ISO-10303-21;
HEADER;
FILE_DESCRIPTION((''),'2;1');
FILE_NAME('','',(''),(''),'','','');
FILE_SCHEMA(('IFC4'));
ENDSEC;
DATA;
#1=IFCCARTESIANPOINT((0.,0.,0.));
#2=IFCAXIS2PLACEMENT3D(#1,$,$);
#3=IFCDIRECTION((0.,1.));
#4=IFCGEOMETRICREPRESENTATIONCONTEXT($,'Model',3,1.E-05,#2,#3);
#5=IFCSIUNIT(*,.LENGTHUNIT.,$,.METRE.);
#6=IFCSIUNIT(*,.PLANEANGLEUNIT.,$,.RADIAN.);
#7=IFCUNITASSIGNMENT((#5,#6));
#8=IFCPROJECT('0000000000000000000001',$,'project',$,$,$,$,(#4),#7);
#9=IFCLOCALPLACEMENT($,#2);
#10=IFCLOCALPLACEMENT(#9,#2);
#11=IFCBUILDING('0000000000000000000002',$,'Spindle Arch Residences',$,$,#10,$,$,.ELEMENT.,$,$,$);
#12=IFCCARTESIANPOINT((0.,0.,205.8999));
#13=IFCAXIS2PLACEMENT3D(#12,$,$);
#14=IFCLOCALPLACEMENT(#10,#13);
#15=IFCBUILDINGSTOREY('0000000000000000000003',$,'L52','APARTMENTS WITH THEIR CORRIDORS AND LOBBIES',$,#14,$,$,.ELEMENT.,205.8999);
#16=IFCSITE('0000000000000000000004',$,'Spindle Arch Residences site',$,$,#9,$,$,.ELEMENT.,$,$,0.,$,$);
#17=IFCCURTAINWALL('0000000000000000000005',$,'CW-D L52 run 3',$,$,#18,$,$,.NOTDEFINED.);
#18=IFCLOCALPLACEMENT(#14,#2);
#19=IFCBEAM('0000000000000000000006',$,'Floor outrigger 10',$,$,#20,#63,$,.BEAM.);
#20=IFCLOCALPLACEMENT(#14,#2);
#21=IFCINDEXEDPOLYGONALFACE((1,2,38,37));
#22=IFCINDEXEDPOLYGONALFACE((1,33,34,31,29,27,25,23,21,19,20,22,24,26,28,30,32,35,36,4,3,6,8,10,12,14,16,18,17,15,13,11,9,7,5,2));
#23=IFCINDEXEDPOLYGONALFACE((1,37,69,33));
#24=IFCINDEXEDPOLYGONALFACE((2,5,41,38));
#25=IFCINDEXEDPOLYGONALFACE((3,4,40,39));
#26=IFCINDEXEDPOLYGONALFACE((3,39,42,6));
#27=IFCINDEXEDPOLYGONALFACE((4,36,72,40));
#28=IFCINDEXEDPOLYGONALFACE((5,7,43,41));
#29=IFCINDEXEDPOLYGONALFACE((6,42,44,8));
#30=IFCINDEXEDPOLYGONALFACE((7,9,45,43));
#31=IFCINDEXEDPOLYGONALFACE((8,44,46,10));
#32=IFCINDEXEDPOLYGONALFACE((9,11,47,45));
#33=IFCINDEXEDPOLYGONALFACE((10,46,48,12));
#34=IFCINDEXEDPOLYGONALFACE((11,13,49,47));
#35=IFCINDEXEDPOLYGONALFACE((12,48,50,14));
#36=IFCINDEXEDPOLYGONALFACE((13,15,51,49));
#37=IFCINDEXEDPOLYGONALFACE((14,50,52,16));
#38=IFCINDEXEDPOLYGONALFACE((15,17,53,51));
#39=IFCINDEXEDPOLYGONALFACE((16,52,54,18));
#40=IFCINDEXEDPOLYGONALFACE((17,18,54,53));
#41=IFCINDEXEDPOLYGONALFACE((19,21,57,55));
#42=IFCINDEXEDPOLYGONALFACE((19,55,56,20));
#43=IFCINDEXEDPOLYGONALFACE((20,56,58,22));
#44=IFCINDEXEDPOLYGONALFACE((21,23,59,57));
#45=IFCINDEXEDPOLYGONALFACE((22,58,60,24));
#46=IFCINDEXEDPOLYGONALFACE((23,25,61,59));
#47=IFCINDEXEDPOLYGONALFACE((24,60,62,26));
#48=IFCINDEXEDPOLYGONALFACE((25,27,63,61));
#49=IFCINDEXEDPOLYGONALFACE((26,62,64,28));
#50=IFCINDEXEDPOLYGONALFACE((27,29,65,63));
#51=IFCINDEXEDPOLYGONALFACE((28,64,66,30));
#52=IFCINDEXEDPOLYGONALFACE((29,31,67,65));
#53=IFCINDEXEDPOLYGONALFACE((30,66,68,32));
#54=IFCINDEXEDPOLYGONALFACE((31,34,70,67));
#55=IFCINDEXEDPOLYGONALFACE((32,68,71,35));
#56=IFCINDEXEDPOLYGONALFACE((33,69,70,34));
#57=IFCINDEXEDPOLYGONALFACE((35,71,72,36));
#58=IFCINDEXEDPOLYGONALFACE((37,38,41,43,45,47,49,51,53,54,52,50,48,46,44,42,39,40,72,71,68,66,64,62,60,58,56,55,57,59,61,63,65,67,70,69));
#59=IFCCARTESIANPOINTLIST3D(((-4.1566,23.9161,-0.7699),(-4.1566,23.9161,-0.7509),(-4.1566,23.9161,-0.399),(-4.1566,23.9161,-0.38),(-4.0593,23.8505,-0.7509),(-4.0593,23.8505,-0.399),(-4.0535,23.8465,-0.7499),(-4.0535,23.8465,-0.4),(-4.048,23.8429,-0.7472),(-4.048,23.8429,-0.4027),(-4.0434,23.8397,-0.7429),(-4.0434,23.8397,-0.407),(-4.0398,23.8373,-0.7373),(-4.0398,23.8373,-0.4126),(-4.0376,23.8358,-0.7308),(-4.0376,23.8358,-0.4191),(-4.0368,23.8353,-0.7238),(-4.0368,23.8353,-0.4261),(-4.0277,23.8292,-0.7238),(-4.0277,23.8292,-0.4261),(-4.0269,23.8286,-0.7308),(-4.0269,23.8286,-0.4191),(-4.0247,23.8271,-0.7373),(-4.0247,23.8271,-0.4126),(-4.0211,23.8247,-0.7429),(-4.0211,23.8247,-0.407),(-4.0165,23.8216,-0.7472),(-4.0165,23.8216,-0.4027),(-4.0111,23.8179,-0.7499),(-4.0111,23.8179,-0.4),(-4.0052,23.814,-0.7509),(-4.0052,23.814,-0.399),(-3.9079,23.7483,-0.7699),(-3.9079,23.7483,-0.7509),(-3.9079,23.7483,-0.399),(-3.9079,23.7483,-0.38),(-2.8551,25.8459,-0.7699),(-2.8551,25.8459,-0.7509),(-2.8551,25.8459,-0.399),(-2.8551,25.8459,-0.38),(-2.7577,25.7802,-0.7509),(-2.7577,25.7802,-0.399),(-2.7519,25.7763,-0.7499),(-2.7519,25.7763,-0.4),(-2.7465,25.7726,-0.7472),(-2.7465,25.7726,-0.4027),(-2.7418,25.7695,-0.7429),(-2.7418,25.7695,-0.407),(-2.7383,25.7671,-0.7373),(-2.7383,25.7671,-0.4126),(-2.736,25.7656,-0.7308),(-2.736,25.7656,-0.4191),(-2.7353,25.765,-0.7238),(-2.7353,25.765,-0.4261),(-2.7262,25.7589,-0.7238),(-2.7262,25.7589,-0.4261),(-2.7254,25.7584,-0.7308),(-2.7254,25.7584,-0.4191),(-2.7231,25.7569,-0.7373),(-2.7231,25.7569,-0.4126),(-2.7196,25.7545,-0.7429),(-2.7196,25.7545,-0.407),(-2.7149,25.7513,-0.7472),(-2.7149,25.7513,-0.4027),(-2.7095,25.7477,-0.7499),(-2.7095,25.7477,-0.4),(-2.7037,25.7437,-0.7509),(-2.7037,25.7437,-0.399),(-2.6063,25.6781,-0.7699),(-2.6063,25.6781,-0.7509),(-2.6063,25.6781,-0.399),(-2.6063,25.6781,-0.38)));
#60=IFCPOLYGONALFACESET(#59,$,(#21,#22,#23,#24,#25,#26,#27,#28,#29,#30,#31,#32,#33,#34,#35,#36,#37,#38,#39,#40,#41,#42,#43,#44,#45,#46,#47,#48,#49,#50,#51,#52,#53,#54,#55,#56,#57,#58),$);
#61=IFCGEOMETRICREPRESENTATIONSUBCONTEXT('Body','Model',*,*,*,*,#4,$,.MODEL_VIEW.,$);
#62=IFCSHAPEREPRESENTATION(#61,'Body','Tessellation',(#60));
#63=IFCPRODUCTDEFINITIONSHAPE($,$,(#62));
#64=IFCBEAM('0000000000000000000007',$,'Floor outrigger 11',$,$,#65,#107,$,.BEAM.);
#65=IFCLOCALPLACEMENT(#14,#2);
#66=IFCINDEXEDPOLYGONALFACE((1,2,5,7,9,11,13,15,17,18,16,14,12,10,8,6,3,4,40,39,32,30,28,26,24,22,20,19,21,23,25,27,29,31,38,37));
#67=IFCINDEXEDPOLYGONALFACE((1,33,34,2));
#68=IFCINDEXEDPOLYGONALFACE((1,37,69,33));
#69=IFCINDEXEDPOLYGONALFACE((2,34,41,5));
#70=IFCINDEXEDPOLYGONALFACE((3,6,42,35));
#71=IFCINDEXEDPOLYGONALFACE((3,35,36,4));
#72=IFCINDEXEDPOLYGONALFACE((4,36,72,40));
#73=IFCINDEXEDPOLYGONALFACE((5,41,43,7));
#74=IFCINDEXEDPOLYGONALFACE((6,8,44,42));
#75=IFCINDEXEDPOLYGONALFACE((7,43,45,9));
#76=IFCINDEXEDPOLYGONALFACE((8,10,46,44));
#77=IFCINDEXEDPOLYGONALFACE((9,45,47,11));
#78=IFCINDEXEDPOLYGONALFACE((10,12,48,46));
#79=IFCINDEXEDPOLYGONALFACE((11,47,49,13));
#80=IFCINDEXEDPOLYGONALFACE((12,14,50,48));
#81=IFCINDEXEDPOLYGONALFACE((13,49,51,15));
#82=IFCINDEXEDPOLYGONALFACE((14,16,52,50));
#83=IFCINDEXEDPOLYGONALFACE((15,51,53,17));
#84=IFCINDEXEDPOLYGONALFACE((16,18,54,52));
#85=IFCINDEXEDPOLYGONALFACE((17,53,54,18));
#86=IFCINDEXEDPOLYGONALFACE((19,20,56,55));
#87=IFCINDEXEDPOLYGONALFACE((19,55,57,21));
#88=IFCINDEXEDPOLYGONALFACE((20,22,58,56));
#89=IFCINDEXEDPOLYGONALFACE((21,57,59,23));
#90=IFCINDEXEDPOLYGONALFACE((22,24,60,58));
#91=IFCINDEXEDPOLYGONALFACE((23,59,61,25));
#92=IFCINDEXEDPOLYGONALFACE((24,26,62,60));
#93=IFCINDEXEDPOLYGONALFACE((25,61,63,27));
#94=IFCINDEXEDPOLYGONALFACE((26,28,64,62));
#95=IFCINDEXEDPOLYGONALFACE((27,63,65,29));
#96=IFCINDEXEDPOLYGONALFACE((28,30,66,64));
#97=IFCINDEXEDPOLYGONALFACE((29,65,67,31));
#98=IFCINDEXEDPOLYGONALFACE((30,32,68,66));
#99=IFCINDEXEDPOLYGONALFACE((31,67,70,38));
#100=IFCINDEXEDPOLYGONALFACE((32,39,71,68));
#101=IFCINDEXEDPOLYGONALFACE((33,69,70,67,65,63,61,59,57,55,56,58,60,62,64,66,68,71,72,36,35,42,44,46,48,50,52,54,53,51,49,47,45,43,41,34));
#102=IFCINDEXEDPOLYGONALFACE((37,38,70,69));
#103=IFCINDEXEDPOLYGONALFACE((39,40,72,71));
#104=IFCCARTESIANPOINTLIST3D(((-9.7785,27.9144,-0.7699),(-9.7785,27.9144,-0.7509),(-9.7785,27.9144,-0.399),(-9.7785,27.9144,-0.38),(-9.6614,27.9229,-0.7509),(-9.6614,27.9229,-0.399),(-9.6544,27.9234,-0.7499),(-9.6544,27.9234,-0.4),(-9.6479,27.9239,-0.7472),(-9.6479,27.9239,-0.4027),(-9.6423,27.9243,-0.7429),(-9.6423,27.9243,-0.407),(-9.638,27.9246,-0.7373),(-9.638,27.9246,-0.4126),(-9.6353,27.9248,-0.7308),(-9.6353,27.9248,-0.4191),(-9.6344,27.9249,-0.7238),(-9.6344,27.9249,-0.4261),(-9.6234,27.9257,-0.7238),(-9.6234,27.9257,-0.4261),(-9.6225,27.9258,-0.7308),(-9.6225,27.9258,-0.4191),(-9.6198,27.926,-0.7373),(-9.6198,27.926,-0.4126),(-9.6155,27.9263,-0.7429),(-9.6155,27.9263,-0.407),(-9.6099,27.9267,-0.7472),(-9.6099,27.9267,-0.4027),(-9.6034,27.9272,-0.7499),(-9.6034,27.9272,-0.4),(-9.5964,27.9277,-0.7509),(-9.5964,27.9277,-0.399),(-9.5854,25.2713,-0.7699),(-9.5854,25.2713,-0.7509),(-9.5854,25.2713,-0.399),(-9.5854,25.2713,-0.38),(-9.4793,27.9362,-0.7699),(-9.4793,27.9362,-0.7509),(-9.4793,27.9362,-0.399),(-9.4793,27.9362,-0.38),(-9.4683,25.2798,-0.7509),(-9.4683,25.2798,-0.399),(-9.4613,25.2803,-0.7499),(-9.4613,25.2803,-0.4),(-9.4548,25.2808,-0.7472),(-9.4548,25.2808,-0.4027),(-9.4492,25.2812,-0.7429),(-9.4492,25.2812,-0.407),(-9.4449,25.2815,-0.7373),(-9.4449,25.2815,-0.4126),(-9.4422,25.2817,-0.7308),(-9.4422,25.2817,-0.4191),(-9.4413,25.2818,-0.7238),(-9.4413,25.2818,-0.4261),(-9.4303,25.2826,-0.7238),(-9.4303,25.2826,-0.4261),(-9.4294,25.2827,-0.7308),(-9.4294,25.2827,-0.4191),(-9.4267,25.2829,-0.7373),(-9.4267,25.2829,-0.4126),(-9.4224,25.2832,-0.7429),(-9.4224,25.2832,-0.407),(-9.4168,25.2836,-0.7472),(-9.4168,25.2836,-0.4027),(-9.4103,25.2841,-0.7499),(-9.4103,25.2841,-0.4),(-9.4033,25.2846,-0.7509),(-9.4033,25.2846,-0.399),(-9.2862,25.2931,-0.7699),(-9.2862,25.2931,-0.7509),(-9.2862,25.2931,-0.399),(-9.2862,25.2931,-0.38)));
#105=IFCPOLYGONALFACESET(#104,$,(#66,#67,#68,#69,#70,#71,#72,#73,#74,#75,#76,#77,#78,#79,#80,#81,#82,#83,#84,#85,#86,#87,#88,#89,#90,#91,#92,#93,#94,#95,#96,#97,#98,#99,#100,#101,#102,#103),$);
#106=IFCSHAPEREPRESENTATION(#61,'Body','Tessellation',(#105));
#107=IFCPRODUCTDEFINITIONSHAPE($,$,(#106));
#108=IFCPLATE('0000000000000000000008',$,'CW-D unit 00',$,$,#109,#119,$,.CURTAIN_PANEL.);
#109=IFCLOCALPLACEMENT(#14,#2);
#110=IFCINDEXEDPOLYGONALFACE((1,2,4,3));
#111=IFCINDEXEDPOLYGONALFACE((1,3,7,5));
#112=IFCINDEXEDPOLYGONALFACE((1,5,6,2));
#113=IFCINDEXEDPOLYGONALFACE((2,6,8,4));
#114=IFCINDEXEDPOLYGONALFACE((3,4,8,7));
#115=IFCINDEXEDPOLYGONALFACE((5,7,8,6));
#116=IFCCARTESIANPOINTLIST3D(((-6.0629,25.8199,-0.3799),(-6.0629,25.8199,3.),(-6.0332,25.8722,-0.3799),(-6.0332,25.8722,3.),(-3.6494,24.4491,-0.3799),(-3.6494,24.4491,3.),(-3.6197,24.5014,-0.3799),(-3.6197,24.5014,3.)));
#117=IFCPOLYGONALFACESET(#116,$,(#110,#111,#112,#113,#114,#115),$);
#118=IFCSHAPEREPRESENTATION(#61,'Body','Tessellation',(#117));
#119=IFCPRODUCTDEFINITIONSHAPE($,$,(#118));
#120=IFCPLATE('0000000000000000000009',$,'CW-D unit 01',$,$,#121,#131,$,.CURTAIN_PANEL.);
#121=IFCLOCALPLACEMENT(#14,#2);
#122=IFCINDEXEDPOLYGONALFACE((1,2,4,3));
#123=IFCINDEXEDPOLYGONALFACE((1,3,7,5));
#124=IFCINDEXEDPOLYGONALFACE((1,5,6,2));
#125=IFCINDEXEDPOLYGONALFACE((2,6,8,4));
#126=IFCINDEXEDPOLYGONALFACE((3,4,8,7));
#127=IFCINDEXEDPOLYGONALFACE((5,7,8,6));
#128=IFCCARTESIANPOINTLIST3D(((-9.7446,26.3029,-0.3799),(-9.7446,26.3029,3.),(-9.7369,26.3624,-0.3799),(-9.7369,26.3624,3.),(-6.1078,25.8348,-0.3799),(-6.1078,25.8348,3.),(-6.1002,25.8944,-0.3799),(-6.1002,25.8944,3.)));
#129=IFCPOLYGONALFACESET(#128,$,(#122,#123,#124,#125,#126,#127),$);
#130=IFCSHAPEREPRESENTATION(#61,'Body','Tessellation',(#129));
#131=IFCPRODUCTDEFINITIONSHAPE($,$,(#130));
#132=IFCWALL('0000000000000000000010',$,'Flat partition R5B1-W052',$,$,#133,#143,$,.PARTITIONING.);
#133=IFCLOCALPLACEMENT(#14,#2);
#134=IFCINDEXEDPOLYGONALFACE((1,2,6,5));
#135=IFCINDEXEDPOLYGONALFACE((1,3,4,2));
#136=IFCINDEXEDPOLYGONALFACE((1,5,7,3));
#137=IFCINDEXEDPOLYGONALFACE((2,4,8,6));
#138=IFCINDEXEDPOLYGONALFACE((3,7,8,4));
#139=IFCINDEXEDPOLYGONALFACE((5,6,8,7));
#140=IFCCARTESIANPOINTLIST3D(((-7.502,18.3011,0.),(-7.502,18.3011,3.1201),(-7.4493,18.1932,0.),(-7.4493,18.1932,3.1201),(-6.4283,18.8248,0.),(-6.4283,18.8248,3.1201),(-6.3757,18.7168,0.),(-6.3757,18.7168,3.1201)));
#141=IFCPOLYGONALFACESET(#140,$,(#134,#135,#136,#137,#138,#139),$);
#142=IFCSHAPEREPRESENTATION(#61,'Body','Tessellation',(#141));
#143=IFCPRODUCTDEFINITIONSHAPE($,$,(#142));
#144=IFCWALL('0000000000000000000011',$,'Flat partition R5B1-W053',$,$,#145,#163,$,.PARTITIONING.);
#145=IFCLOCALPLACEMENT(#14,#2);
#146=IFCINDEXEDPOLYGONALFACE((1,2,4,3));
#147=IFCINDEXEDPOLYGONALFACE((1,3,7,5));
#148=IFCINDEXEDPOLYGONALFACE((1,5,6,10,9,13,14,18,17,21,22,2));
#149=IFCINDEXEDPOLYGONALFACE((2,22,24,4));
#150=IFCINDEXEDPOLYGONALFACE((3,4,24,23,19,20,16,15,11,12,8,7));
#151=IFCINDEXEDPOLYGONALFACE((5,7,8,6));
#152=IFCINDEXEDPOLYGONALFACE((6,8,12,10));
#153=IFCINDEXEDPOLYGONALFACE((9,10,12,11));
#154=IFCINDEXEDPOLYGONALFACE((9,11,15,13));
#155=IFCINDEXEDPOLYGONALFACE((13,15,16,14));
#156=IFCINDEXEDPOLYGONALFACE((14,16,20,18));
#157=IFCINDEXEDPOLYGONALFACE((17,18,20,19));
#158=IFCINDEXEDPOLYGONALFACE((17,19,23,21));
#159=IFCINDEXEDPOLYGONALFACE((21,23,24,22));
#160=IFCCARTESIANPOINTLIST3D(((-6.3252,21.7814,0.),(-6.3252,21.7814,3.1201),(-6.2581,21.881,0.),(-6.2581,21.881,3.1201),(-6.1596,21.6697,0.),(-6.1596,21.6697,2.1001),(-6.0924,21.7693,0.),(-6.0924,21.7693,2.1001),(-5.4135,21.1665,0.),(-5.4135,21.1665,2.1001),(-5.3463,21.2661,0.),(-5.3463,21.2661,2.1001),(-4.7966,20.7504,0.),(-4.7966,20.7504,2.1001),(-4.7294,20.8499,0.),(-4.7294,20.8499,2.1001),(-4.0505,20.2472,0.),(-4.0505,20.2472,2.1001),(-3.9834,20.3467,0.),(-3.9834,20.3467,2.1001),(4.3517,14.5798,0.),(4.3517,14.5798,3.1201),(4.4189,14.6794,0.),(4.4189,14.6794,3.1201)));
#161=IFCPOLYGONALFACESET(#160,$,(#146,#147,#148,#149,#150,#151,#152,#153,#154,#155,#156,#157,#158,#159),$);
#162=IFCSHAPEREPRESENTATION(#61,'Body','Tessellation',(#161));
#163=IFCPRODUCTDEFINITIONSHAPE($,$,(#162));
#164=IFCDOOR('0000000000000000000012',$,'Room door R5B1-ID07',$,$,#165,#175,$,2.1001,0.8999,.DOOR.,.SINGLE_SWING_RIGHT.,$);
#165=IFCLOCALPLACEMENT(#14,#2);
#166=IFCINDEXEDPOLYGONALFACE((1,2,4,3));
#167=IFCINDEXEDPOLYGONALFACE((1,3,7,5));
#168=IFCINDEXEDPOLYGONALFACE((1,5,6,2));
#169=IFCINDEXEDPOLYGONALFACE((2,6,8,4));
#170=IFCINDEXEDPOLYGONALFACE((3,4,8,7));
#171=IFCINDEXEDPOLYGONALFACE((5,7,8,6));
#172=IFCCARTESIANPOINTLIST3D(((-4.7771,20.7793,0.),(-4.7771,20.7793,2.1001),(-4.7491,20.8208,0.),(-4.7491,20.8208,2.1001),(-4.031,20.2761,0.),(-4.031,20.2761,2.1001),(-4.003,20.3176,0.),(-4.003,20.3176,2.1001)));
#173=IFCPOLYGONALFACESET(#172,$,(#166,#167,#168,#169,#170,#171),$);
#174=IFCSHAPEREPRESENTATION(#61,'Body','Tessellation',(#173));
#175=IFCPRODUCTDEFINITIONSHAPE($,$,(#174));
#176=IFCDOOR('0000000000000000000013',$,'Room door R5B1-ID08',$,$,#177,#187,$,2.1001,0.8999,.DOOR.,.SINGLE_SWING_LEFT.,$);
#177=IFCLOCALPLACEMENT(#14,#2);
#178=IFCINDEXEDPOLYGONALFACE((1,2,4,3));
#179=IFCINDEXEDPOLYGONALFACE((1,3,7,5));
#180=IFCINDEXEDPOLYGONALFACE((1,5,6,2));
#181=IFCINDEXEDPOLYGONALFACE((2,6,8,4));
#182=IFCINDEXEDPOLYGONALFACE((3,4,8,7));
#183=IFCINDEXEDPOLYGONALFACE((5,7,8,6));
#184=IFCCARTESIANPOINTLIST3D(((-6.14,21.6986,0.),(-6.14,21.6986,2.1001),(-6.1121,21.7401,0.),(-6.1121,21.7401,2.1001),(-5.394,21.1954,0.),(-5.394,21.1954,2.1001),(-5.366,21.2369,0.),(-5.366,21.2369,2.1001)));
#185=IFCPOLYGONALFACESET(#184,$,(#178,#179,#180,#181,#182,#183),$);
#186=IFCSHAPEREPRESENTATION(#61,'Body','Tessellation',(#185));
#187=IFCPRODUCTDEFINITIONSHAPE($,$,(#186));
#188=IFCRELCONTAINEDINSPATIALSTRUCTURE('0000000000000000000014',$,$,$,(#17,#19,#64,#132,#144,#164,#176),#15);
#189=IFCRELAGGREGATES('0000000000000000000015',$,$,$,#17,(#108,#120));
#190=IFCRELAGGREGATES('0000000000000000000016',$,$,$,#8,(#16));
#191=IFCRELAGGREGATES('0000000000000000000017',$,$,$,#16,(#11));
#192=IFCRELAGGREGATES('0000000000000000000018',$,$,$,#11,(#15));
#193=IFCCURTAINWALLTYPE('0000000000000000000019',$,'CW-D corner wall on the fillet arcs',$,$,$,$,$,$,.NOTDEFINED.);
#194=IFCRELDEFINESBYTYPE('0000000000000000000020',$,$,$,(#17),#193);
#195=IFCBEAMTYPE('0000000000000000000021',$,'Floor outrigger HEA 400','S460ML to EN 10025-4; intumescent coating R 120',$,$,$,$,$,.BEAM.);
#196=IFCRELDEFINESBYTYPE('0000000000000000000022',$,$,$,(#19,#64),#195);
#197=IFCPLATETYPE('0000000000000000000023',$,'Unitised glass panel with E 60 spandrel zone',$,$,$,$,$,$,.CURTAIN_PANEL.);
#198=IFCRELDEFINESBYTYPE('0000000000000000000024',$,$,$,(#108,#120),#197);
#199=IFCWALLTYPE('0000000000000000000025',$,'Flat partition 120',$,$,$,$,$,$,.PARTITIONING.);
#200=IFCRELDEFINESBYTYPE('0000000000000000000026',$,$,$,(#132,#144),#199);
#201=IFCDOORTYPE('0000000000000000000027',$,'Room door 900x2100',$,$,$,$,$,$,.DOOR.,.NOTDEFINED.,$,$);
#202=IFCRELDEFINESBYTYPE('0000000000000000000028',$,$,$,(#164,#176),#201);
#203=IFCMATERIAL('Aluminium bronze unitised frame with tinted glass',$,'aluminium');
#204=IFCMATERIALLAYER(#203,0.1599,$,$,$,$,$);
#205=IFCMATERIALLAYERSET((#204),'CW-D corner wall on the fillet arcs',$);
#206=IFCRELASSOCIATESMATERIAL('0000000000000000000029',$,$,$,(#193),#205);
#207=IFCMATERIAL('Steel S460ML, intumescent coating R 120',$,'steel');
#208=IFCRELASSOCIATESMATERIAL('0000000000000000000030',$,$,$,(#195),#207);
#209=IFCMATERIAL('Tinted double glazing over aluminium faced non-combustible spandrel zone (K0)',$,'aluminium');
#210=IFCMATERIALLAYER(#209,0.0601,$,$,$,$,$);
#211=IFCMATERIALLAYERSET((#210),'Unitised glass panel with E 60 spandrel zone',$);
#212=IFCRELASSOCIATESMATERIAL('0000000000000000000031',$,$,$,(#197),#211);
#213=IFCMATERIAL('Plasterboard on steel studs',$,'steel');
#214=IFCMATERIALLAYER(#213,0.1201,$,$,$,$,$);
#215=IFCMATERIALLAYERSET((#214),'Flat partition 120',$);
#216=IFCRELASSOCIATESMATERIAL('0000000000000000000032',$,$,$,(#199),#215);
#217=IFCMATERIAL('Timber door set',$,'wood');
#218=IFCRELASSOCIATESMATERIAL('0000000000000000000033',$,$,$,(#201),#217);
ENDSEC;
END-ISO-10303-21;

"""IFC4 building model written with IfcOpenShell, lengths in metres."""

from ifc_helpers import new_model, si_unit, direction, frame, frame_2d, origin, origin_2d, place, context, subcontext, project, spatial, rectangle, i_section, extrude, material, layer, layer_set, material_profile, profile_set, type_object, element, fill, aggregate, save


model = new_model("IFC4")

# Units and contexts
model_context = context("Model", 3, precision=1e-05, world=origin(), true_north=direction((0.0, 1.0)))
body_context = subcontext(model_context, "Body", "Model", "MODEL_VIEW")
ifc_project = project(units=[si_unit("LENGTHUNIT", "METRE"), si_unit("PLANEANGLEUNIT", "RADIAN")], contexts=[model_context])

# Site, building, storey
site_placement = place(None, origin())
site = spatial("IfcSite", under=ifc_project, at=site_placement, Name="Spindle Arch Residences site", CompositionType="ELEMENT", RefElevation=0.0)
building_placement = place(site_placement, origin())
building = spatial("IfcBuilding", under=site, at=building_placement, Name="Spindle Arch Residences", CompositionType="ELEMENT")
storey_placement = place(building_placement, frame((0.0, 0.0, 205.8999)))
storey = spatial("IfcBuildingStorey", under=building, at=storey_placement, Name="L52", Description="APARTMENTS WITH THEIR CORRIDORS AND LOBBIES", CompositionType="ELEMENT", Elevation=205.8999)

# Curtain wall
ifc_material_1 = material(Name="Aluminium bronze unitised frame with tinted glass", Category="aluminium")
ifc_layer_1 = layer(ifc_material_1, 0.1599)
ifc_layer_set_1 = layer_set([ifc_layer_1], Name="CW-D corner wall on the fillet arcs")
curtain_wall_type = type_object("IfcCurtainWallType", Name="CW-D corner wall on the fillet arcs", PredefinedType="NOTDEFINED", material=ifc_layer_set_1)
curtain_wall_placement = place(storey_placement, origin())
curtain_wall = element("IfcCurtainWall", 1, at=curtain_wall_placement, inside=storey, type_object=curtain_wall_type, Name="CW-D L52 run 3", PredefinedType="NOTDEFINED")

# Beams
ifc_material_2 = material(Name="Steel S460ML, intumescent coating R 120", Category="steel")
ifc_material_profile_1 = material_profile(ifc_material_2, i_section(OverallWidth=0.3, OverallDepth=0.3899, WebThickness=0.011, FlangeThickness=0.019, FilletRadius=0.0271, at=origin_2d()), Name="HEA 400")
ifc_profile_set_1 = profile_set([ifc_material_profile_1], Name="Steel S460ML, intumescent coating R 120")
beam_type_1 = type_object("IfcBeamType", Name="Floor outrigger HEA 400", Description="S460ML to EN 10025-4; intumescent coating R 120", PredefinedType="BEAM", material=ifc_profile_set_1)
beam_1_placement = place(storey_placement, frame((-2.7307, 25.762, -0.575), z_axis=(-0.55917, -0.829053, 0.0), x_axis=(0.829053, -0.55917, 0.0)))
element("IfcBeam", 2, at=beam_1_placement, inside=storey, type_object=beam_type_1, Name="Floor outrigger 10", PredefinedType="BEAM", context=body_context, shape_type="SweptSolid", body=[
    extrude(i_section(OverallWidth=0.3, OverallDepth=0.3899, WebThickness=0.011, FlangeThickness=0.019, FilletRadius=0.0271, at=origin_2d()), origin(), (0.0, 0.0, 1.0), 2.3276),
])
beam_2_placement = place(storey_placement, frame((-9.6289, 27.9253, -0.575), z_axis=(0.072871, -0.997341, 0.0), x_axis=(0.997341, 0.072871, 0.0)))
element("IfcBeam", 3, at=beam_2_placement, inside=storey, type_object=beam_type_1, Name="Floor outrigger 11", PredefinedType="BEAM", context=body_context, shape_type="SweptSolid", body=[
    extrude(i_section(OverallWidth=0.3, OverallDepth=0.3899, WebThickness=0.011, FlangeThickness=0.019, FilletRadius=0.0271, at=origin_2d()), origin(), (0.0, 0.0, 1.0), 2.6501),
])

# Plates
ifc_material_3 = material(Name="Tinted double glazing over aluminium faced non-combustible spandrel zone (K0)", Category="aluminium")
ifc_layer_2 = layer(ifc_material_3, 0.0601)
ifc_layer_set_2 = layer_set([ifc_layer_2], Name="Unitised glass panel with E 60 spandrel zone")
plate_type = type_object("IfcPlateType", Name="Unitised glass panel with E 60 spandrel zone", PredefinedType="CURTAIN_PANEL", material=ifc_layer_set_2)
plate_1_placement = place(storey_placement, frame((-4.8413, 25.1606, -0.3799), z_axis=(0.0, 0.0, 1.0), x_axis=(-0.869539, 0.493865, 0.0)))
plate_1 = element("IfcPlate", 4, at=plate_1_placement, type_object=plate_type, Name="CW-D unit 00", PredefinedType="CURTAIN_PANEL", context=body_context, shape_type="SweptSolid", body=[
    extrude(rectangle(XDim=2.7756, YDim=0.0601, at=origin_2d()), origin(), (0.0, 0.0, 1.0), 3.3799),
])
plate_2_placement = place(storey_placement, frame((-7.9224, 26.0986, -0.3799), z_axis=(0.0, 0.0, 1.0), x_axis=(-0.99182, 0.127642, 0.0)))
plate_2 = element("IfcPlate", 5, at=plate_2_placement, type_object=plate_type, Name="CW-D unit 01", PredefinedType="CURTAIN_PANEL", context=body_context, shape_type="SweptSolid", body=[
    extrude(rectangle(XDim=3.6667, YDim=0.0601, at=origin_2d()), origin(), (0.0, 0.0, 1.0), 3.3799),
])
aggregate(curtain_wall, [plate_1, plate_2])

# Wall
ifc_material_4 = material(Name="Plasterboard on steel studs", Category="steel")
ifc_layer_3 = layer(ifc_material_4, 0.1201)
ifc_layer_set_3 = layer_set([ifc_layer_3], Name="Flat partition 120")
wall_type = type_object("IfcWallType", Name="Flat partition 120", PredefinedType="PARTITIONING", material=ifc_layer_set_3)
wall_1_placement = place(storey_placement, frame((-6.4021, 18.7708, 0.0), z_axis=(0.0, 0.0, 1.0), x_axis=(-0.898798, -0.438363, 0.0)))
element("IfcWall", 6, at=wall_1_placement, inside=storey, type_object=wall_type, Name="Flat partition R5B1-W052", PredefinedType="PARTITIONING", context=body_context, shape_type="SweptSolid", body=[
    extrude(rectangle(XDim=1.1946, YDim=0.1201, at=frame_2d((0.5972, 0.0))), origin(), (0.0, 0.0, 1.0), 3.1201),
])

# Wall, openings, doors
wall_2_placement = place(storey_placement, frame((-6.2917, 21.8313, 0.0), z_axis=(0.0, 0.0, 1.0), x_axis=(0.82904, -0.559189, 0.0)))
wall_2 = element("IfcWall", 7, at=wall_2_placement, inside=storey, type_object=wall_type, Name="Flat partition R5B1-W053", PredefinedType="PARTITIONING", context=body_context, shape_type="SweptSolid", body=[
    extrude(rectangle(XDim=12.8787, YDim=0.1201, at=frame_2d((6.4395, 0.0))), origin(), (0.0, 0.0, 1.0), 3.1201),
])
opening_1_placement = place(wall_2_placement, frame((1.844, 0.0, 0.0)))
opening_1 = element("IfcOpeningElement", 8, at=opening_1_placement, cuts=wall_2, PredefinedType="OPENING", context=body_context, shape_type="SweptSolid", body=[
    extrude(rectangle(XDim=0.8999, YDim=2.1001, at=frame_2d((0.45, 1.05))), frame((0.0, 0.0701, 0.0), z_axis=(0.0, -1.0, 0.0), x_axis=(1.0, 0.0, 0.0)), (0.0, 0.0, 1.0), 0.1401),
])
opening_2_placement = place(wall_2_placement, frame((0.2, 0.0, 0.0)))
opening_2 = element("IfcOpeningElement", 9, at=opening_2_placement, cuts=wall_2, PredefinedType="OPENING", context=body_context, shape_type="SweptSolid", body=[
    extrude(rectangle(XDim=0.8999, YDim=2.1001, at=frame_2d((0.45, 1.05))), frame((0.0, 0.0701, 0.0), z_axis=(0.0, -1.0, 0.0), x_axis=(1.0, 0.0, 0.0)), (0.0, 0.0, 1.0), 0.1401),
])
ifc_material_5 = material(Name="Timber door set", Category="wood")
door_type = type_object("IfcDoorType", Name="Room door 900x2100", OperationType="NOTDEFINED", PredefinedType="DOOR", material=ifc_material_5)
door_1_placement = place(opening_1_placement, origin())
door_1 = element("IfcDoor", 10, at=door_1_placement, inside=storey, type_object=door_type, Name="Room door R5B1-ID07", OperationType="SINGLE_SWING_RIGHT", OverallHeight=2.1001, OverallWidth=0.8999, PredefinedType="DOOR", context=body_context, shape_type="SweptSolid", body=[
    extrude(rectangle(XDim=0.8999, YDim=2.1001, at=frame_2d((0.45, 1.05))), frame((0.0, 0.0249, 0.0), z_axis=(0.0, -1.0, 0.0), x_axis=(1.0, 0.0, 0.0)), (0.0, 0.0, 1.0), 0.05),
])
fill(opening_1, door_1)
door_2_placement = place(opening_2_placement, origin())
door_2 = element("IfcDoor", 11, at=door_2_placement, inside=storey, type_object=door_type, Name="Room door R5B1-ID08", OperationType="SINGLE_SWING_LEFT", OverallHeight=2.1001, OverallWidth=0.8999, PredefinedType="DOOR", context=body_context, shape_type="SweptSolid", body=[
    extrude(rectangle(XDim=0.8999, YDim=2.1001, at=frame_2d((0.45, 1.05))), frame((0.0, 0.0249, 0.0), z_axis=(0.0, -1.0, 0.0), x_axis=(1.0, 0.0, 0.0)), (0.0, 0.0, 1.0), 0.05),
])
fill(opening_2, door_2)

save(model, "model.ifc")
